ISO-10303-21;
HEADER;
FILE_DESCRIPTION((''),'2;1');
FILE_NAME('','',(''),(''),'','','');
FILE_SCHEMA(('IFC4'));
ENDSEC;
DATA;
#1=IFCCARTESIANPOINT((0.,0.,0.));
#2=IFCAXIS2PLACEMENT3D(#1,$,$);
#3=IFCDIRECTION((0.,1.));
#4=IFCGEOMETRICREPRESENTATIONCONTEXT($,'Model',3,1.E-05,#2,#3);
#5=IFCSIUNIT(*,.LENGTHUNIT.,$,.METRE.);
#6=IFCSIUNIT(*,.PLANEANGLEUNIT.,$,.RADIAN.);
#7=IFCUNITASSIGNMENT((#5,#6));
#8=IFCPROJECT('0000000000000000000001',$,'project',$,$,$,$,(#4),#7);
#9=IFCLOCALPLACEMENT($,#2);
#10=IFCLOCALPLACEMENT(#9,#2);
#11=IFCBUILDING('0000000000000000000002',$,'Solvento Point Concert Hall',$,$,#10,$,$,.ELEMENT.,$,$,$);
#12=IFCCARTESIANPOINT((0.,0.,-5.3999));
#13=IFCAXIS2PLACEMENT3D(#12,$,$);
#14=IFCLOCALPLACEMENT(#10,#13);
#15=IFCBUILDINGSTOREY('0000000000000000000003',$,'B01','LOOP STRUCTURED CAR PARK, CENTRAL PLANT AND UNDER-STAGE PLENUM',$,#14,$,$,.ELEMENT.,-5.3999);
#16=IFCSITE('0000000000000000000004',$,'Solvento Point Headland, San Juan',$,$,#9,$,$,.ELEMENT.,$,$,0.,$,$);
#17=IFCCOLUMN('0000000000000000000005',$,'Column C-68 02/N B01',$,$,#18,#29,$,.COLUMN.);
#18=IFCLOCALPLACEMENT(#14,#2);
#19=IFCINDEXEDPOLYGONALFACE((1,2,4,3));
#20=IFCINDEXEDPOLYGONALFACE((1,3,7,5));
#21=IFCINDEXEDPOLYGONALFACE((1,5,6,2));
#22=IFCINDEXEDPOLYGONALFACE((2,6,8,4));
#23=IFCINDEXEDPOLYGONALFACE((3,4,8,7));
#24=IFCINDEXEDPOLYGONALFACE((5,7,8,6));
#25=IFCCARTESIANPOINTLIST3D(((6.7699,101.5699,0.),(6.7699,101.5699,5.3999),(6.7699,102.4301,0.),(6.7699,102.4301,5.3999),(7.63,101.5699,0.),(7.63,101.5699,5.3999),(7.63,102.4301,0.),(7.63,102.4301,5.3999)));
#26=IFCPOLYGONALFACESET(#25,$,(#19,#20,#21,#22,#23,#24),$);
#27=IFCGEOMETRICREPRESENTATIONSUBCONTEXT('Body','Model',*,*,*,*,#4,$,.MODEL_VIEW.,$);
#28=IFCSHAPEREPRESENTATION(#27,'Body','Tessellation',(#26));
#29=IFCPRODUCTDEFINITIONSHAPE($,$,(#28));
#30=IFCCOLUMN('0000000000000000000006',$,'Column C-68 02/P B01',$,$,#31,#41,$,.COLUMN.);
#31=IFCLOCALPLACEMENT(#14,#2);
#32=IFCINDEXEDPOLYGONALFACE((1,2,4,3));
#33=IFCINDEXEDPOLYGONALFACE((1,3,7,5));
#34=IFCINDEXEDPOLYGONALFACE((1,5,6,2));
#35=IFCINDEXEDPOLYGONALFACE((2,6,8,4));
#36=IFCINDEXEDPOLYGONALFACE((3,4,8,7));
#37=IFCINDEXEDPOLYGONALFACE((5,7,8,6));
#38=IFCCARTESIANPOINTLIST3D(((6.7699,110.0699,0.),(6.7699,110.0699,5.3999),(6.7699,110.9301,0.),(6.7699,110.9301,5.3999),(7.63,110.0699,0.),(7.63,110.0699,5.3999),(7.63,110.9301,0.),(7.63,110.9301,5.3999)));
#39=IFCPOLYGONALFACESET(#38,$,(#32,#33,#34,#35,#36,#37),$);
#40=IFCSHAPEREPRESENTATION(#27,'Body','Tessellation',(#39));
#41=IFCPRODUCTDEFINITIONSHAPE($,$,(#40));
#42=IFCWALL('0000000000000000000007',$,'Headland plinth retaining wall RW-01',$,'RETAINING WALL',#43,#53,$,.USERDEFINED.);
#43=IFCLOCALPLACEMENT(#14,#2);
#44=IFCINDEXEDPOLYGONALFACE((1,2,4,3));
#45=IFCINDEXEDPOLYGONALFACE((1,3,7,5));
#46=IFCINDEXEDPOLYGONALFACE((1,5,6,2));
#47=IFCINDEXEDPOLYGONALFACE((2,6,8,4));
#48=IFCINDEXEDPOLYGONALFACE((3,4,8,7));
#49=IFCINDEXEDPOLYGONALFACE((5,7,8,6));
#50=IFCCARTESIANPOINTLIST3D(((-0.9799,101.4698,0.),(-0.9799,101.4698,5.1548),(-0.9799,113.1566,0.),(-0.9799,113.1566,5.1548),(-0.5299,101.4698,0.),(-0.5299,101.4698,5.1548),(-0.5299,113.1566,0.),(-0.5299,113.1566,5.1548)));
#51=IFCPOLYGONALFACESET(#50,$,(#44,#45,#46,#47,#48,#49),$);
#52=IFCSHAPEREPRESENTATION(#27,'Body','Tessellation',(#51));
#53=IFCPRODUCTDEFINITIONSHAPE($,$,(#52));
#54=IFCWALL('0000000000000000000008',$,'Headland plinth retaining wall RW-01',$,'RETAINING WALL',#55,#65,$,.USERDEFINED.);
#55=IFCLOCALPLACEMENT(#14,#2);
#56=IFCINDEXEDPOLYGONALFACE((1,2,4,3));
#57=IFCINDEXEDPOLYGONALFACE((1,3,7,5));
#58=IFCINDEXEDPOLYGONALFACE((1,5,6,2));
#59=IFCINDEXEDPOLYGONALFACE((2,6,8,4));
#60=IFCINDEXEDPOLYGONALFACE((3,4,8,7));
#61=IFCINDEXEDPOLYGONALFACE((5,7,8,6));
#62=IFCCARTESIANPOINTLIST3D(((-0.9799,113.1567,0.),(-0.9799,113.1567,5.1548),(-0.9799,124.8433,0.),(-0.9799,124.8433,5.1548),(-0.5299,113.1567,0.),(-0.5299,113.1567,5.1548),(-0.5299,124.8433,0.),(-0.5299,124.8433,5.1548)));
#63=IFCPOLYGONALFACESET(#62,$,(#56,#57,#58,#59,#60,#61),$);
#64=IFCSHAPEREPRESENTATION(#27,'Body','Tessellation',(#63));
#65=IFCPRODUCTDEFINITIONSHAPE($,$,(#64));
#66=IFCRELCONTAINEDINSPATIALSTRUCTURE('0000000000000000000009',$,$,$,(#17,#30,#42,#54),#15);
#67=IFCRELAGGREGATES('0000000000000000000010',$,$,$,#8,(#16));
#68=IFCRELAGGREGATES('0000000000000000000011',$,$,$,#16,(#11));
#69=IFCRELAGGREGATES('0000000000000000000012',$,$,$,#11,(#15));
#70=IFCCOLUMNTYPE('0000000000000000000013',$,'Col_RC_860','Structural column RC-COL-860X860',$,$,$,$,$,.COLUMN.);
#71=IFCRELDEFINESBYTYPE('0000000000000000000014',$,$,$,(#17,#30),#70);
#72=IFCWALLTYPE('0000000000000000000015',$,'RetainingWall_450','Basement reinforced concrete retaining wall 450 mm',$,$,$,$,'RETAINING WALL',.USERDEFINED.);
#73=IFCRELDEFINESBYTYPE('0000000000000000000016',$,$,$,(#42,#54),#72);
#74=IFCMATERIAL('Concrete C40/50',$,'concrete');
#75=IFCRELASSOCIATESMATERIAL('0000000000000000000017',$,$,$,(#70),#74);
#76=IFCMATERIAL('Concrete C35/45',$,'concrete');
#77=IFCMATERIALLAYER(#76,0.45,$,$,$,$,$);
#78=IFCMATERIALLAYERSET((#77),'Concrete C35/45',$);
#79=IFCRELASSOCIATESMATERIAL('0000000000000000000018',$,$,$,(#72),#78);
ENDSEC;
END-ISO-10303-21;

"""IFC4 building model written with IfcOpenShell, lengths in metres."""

from ifc_helpers import new_model, si_unit, direction, frame, frame_2d, origin, origin_2d, place, context, subcontext, project, spatial, rectangle, extrude, material, layer, layer_set, material_profile, profile_set, type_object, element, save


model = new_model("IFC4")

# Units and contexts
model_context = context("Model", 3, precision=1e-05, world=origin(), true_north=direction((0.0, 1.0)))
body_context = subcontext(model_context, "Body", "Model", "MODEL_VIEW")
ifc_project = project(units=[si_unit("LENGTHUNIT", "METRE"), si_unit("PLANEANGLEUNIT", "RADIAN")], contexts=[model_context])

# Site, building, storey
site_placement = place(None, origin())
site = spatial("IfcSite", under=ifc_project, at=site_placement, Name="Solvento Point Headland, San Juan", CompositionType="ELEMENT", RefElevation=0.0)
building_placement = place(site_placement, origin())
building = spatial("IfcBuilding", under=site, at=building_placement, Name="Solvento Point Concert Hall", CompositionType="ELEMENT")
storey_placement = place(building_placement, frame((0.0, 0.0, -5.3999)))
storey = spatial("IfcBuildingStorey", under=building, at=storey_placement, Name="B01", Description="LOOP STRUCTURED CAR PARK, CENTRAL PLANT AND UNDER-STAGE PLENUM", CompositionType="ELEMENT", Elevation=-5.3999)

# Columns
ifc_material_1 = material(Name="Concrete C40/50", Category="concrete")
ifc_material_profile_1 = material_profile(ifc_material_1, rectangle(XDim=0.8601, YDim=0.8601, at=origin_2d()), Name="RC-COL-860X860")
ifc_profile_set_1 = profile_set([ifc_material_profile_1], Name="Concrete C40/50")
column_type = type_object("IfcColumnType", Name="Col_RC_860", Description="Structural column RC-COL-860X860", PredefinedType="COLUMN", material=ifc_profile_set_1)
for number, where, z_axis, x_axis, name in (
    (1, (7.2, 102.0, 0.0), (0.0, 0.0, 1.0), (1.0, 0.0, 0.0), "Column C-68 02/N B01"),
    (2, (7.2, 110.5, 0.0), (0.0, 0.0, 1.0), (1.0, 0.0, 0.0), "Column C-68 02/P B01"),
):
    element("IfcColumn", number, at=place(storey_placement, frame(where, z_axis=z_axis, x_axis=x_axis)), inside=storey, type_object=column_type, Name=name, PredefinedType="COLUMN", context=body_context, shape_type="SweptSolid", body=[
        extrude(rectangle(XDim=0.8601, YDim=0.8601, at=origin_2d()), origin(), (0.0, 0.0, 1.0), 5.3999),
    ])

# Walls
ifc_material_2 = material(Name="Concrete C35/45", Category="concrete")
ifc_layer = layer(ifc_material_2, 0.45)
ifc_layer_set = layer_set([ifc_layer], Name="Concrete C35/45")
wall_type = type_object("IfcWallType", Name="RetainingWall_450", Description="Basement reinforced concrete retaining wall 450 mm", ElementType="RETAINING WALL", PredefinedType="USERDEFINED", material=ifc_layer_set)
wall_1_placement = place(storey_placement, frame((-0.7549, 101.47, 0.0), z_axis=(0.0, 0.0, 1.0), x_axis=(0.0, 1.0, 0.0)))
element("IfcWall", 3, at=wall_1_placement, inside=storey, type_object=wall_type, Name="Headland plinth retaining wall RW-01", ObjectType="RETAINING WALL", PredefinedType="USERDEFINED", context=body_context, shape_type="SweptSolid", body=[
    extrude(rectangle(XDim=11.6868, YDim=0.45, at=frame_2d((5.8433, 0.0))), origin(), (0.0, 0.0, 1.0), 5.1548),
])
wall_2_placement = place(storey_placement, frame((-0.7549, 113.1567, 0.0), z_axis=(0.0, 0.0, 1.0), x_axis=(0.0, 1.0, 0.0)))
element("IfcWall", 4, at=wall_2_placement, inside=storey, type_object=wall_type, Name="Headland plinth retaining wall RW-01", ObjectType="RETAINING WALL", PredefinedType="USERDEFINED", context=body_context, shape_type="SweptSolid", body=[
    extrude(rectangle(XDim=11.6865, YDim=0.45, at=frame_2d((5.8433, 0.0))), origin(), (0.0, 0.0, 1.0), 5.1548),
])

save(model, "model.ifc")
